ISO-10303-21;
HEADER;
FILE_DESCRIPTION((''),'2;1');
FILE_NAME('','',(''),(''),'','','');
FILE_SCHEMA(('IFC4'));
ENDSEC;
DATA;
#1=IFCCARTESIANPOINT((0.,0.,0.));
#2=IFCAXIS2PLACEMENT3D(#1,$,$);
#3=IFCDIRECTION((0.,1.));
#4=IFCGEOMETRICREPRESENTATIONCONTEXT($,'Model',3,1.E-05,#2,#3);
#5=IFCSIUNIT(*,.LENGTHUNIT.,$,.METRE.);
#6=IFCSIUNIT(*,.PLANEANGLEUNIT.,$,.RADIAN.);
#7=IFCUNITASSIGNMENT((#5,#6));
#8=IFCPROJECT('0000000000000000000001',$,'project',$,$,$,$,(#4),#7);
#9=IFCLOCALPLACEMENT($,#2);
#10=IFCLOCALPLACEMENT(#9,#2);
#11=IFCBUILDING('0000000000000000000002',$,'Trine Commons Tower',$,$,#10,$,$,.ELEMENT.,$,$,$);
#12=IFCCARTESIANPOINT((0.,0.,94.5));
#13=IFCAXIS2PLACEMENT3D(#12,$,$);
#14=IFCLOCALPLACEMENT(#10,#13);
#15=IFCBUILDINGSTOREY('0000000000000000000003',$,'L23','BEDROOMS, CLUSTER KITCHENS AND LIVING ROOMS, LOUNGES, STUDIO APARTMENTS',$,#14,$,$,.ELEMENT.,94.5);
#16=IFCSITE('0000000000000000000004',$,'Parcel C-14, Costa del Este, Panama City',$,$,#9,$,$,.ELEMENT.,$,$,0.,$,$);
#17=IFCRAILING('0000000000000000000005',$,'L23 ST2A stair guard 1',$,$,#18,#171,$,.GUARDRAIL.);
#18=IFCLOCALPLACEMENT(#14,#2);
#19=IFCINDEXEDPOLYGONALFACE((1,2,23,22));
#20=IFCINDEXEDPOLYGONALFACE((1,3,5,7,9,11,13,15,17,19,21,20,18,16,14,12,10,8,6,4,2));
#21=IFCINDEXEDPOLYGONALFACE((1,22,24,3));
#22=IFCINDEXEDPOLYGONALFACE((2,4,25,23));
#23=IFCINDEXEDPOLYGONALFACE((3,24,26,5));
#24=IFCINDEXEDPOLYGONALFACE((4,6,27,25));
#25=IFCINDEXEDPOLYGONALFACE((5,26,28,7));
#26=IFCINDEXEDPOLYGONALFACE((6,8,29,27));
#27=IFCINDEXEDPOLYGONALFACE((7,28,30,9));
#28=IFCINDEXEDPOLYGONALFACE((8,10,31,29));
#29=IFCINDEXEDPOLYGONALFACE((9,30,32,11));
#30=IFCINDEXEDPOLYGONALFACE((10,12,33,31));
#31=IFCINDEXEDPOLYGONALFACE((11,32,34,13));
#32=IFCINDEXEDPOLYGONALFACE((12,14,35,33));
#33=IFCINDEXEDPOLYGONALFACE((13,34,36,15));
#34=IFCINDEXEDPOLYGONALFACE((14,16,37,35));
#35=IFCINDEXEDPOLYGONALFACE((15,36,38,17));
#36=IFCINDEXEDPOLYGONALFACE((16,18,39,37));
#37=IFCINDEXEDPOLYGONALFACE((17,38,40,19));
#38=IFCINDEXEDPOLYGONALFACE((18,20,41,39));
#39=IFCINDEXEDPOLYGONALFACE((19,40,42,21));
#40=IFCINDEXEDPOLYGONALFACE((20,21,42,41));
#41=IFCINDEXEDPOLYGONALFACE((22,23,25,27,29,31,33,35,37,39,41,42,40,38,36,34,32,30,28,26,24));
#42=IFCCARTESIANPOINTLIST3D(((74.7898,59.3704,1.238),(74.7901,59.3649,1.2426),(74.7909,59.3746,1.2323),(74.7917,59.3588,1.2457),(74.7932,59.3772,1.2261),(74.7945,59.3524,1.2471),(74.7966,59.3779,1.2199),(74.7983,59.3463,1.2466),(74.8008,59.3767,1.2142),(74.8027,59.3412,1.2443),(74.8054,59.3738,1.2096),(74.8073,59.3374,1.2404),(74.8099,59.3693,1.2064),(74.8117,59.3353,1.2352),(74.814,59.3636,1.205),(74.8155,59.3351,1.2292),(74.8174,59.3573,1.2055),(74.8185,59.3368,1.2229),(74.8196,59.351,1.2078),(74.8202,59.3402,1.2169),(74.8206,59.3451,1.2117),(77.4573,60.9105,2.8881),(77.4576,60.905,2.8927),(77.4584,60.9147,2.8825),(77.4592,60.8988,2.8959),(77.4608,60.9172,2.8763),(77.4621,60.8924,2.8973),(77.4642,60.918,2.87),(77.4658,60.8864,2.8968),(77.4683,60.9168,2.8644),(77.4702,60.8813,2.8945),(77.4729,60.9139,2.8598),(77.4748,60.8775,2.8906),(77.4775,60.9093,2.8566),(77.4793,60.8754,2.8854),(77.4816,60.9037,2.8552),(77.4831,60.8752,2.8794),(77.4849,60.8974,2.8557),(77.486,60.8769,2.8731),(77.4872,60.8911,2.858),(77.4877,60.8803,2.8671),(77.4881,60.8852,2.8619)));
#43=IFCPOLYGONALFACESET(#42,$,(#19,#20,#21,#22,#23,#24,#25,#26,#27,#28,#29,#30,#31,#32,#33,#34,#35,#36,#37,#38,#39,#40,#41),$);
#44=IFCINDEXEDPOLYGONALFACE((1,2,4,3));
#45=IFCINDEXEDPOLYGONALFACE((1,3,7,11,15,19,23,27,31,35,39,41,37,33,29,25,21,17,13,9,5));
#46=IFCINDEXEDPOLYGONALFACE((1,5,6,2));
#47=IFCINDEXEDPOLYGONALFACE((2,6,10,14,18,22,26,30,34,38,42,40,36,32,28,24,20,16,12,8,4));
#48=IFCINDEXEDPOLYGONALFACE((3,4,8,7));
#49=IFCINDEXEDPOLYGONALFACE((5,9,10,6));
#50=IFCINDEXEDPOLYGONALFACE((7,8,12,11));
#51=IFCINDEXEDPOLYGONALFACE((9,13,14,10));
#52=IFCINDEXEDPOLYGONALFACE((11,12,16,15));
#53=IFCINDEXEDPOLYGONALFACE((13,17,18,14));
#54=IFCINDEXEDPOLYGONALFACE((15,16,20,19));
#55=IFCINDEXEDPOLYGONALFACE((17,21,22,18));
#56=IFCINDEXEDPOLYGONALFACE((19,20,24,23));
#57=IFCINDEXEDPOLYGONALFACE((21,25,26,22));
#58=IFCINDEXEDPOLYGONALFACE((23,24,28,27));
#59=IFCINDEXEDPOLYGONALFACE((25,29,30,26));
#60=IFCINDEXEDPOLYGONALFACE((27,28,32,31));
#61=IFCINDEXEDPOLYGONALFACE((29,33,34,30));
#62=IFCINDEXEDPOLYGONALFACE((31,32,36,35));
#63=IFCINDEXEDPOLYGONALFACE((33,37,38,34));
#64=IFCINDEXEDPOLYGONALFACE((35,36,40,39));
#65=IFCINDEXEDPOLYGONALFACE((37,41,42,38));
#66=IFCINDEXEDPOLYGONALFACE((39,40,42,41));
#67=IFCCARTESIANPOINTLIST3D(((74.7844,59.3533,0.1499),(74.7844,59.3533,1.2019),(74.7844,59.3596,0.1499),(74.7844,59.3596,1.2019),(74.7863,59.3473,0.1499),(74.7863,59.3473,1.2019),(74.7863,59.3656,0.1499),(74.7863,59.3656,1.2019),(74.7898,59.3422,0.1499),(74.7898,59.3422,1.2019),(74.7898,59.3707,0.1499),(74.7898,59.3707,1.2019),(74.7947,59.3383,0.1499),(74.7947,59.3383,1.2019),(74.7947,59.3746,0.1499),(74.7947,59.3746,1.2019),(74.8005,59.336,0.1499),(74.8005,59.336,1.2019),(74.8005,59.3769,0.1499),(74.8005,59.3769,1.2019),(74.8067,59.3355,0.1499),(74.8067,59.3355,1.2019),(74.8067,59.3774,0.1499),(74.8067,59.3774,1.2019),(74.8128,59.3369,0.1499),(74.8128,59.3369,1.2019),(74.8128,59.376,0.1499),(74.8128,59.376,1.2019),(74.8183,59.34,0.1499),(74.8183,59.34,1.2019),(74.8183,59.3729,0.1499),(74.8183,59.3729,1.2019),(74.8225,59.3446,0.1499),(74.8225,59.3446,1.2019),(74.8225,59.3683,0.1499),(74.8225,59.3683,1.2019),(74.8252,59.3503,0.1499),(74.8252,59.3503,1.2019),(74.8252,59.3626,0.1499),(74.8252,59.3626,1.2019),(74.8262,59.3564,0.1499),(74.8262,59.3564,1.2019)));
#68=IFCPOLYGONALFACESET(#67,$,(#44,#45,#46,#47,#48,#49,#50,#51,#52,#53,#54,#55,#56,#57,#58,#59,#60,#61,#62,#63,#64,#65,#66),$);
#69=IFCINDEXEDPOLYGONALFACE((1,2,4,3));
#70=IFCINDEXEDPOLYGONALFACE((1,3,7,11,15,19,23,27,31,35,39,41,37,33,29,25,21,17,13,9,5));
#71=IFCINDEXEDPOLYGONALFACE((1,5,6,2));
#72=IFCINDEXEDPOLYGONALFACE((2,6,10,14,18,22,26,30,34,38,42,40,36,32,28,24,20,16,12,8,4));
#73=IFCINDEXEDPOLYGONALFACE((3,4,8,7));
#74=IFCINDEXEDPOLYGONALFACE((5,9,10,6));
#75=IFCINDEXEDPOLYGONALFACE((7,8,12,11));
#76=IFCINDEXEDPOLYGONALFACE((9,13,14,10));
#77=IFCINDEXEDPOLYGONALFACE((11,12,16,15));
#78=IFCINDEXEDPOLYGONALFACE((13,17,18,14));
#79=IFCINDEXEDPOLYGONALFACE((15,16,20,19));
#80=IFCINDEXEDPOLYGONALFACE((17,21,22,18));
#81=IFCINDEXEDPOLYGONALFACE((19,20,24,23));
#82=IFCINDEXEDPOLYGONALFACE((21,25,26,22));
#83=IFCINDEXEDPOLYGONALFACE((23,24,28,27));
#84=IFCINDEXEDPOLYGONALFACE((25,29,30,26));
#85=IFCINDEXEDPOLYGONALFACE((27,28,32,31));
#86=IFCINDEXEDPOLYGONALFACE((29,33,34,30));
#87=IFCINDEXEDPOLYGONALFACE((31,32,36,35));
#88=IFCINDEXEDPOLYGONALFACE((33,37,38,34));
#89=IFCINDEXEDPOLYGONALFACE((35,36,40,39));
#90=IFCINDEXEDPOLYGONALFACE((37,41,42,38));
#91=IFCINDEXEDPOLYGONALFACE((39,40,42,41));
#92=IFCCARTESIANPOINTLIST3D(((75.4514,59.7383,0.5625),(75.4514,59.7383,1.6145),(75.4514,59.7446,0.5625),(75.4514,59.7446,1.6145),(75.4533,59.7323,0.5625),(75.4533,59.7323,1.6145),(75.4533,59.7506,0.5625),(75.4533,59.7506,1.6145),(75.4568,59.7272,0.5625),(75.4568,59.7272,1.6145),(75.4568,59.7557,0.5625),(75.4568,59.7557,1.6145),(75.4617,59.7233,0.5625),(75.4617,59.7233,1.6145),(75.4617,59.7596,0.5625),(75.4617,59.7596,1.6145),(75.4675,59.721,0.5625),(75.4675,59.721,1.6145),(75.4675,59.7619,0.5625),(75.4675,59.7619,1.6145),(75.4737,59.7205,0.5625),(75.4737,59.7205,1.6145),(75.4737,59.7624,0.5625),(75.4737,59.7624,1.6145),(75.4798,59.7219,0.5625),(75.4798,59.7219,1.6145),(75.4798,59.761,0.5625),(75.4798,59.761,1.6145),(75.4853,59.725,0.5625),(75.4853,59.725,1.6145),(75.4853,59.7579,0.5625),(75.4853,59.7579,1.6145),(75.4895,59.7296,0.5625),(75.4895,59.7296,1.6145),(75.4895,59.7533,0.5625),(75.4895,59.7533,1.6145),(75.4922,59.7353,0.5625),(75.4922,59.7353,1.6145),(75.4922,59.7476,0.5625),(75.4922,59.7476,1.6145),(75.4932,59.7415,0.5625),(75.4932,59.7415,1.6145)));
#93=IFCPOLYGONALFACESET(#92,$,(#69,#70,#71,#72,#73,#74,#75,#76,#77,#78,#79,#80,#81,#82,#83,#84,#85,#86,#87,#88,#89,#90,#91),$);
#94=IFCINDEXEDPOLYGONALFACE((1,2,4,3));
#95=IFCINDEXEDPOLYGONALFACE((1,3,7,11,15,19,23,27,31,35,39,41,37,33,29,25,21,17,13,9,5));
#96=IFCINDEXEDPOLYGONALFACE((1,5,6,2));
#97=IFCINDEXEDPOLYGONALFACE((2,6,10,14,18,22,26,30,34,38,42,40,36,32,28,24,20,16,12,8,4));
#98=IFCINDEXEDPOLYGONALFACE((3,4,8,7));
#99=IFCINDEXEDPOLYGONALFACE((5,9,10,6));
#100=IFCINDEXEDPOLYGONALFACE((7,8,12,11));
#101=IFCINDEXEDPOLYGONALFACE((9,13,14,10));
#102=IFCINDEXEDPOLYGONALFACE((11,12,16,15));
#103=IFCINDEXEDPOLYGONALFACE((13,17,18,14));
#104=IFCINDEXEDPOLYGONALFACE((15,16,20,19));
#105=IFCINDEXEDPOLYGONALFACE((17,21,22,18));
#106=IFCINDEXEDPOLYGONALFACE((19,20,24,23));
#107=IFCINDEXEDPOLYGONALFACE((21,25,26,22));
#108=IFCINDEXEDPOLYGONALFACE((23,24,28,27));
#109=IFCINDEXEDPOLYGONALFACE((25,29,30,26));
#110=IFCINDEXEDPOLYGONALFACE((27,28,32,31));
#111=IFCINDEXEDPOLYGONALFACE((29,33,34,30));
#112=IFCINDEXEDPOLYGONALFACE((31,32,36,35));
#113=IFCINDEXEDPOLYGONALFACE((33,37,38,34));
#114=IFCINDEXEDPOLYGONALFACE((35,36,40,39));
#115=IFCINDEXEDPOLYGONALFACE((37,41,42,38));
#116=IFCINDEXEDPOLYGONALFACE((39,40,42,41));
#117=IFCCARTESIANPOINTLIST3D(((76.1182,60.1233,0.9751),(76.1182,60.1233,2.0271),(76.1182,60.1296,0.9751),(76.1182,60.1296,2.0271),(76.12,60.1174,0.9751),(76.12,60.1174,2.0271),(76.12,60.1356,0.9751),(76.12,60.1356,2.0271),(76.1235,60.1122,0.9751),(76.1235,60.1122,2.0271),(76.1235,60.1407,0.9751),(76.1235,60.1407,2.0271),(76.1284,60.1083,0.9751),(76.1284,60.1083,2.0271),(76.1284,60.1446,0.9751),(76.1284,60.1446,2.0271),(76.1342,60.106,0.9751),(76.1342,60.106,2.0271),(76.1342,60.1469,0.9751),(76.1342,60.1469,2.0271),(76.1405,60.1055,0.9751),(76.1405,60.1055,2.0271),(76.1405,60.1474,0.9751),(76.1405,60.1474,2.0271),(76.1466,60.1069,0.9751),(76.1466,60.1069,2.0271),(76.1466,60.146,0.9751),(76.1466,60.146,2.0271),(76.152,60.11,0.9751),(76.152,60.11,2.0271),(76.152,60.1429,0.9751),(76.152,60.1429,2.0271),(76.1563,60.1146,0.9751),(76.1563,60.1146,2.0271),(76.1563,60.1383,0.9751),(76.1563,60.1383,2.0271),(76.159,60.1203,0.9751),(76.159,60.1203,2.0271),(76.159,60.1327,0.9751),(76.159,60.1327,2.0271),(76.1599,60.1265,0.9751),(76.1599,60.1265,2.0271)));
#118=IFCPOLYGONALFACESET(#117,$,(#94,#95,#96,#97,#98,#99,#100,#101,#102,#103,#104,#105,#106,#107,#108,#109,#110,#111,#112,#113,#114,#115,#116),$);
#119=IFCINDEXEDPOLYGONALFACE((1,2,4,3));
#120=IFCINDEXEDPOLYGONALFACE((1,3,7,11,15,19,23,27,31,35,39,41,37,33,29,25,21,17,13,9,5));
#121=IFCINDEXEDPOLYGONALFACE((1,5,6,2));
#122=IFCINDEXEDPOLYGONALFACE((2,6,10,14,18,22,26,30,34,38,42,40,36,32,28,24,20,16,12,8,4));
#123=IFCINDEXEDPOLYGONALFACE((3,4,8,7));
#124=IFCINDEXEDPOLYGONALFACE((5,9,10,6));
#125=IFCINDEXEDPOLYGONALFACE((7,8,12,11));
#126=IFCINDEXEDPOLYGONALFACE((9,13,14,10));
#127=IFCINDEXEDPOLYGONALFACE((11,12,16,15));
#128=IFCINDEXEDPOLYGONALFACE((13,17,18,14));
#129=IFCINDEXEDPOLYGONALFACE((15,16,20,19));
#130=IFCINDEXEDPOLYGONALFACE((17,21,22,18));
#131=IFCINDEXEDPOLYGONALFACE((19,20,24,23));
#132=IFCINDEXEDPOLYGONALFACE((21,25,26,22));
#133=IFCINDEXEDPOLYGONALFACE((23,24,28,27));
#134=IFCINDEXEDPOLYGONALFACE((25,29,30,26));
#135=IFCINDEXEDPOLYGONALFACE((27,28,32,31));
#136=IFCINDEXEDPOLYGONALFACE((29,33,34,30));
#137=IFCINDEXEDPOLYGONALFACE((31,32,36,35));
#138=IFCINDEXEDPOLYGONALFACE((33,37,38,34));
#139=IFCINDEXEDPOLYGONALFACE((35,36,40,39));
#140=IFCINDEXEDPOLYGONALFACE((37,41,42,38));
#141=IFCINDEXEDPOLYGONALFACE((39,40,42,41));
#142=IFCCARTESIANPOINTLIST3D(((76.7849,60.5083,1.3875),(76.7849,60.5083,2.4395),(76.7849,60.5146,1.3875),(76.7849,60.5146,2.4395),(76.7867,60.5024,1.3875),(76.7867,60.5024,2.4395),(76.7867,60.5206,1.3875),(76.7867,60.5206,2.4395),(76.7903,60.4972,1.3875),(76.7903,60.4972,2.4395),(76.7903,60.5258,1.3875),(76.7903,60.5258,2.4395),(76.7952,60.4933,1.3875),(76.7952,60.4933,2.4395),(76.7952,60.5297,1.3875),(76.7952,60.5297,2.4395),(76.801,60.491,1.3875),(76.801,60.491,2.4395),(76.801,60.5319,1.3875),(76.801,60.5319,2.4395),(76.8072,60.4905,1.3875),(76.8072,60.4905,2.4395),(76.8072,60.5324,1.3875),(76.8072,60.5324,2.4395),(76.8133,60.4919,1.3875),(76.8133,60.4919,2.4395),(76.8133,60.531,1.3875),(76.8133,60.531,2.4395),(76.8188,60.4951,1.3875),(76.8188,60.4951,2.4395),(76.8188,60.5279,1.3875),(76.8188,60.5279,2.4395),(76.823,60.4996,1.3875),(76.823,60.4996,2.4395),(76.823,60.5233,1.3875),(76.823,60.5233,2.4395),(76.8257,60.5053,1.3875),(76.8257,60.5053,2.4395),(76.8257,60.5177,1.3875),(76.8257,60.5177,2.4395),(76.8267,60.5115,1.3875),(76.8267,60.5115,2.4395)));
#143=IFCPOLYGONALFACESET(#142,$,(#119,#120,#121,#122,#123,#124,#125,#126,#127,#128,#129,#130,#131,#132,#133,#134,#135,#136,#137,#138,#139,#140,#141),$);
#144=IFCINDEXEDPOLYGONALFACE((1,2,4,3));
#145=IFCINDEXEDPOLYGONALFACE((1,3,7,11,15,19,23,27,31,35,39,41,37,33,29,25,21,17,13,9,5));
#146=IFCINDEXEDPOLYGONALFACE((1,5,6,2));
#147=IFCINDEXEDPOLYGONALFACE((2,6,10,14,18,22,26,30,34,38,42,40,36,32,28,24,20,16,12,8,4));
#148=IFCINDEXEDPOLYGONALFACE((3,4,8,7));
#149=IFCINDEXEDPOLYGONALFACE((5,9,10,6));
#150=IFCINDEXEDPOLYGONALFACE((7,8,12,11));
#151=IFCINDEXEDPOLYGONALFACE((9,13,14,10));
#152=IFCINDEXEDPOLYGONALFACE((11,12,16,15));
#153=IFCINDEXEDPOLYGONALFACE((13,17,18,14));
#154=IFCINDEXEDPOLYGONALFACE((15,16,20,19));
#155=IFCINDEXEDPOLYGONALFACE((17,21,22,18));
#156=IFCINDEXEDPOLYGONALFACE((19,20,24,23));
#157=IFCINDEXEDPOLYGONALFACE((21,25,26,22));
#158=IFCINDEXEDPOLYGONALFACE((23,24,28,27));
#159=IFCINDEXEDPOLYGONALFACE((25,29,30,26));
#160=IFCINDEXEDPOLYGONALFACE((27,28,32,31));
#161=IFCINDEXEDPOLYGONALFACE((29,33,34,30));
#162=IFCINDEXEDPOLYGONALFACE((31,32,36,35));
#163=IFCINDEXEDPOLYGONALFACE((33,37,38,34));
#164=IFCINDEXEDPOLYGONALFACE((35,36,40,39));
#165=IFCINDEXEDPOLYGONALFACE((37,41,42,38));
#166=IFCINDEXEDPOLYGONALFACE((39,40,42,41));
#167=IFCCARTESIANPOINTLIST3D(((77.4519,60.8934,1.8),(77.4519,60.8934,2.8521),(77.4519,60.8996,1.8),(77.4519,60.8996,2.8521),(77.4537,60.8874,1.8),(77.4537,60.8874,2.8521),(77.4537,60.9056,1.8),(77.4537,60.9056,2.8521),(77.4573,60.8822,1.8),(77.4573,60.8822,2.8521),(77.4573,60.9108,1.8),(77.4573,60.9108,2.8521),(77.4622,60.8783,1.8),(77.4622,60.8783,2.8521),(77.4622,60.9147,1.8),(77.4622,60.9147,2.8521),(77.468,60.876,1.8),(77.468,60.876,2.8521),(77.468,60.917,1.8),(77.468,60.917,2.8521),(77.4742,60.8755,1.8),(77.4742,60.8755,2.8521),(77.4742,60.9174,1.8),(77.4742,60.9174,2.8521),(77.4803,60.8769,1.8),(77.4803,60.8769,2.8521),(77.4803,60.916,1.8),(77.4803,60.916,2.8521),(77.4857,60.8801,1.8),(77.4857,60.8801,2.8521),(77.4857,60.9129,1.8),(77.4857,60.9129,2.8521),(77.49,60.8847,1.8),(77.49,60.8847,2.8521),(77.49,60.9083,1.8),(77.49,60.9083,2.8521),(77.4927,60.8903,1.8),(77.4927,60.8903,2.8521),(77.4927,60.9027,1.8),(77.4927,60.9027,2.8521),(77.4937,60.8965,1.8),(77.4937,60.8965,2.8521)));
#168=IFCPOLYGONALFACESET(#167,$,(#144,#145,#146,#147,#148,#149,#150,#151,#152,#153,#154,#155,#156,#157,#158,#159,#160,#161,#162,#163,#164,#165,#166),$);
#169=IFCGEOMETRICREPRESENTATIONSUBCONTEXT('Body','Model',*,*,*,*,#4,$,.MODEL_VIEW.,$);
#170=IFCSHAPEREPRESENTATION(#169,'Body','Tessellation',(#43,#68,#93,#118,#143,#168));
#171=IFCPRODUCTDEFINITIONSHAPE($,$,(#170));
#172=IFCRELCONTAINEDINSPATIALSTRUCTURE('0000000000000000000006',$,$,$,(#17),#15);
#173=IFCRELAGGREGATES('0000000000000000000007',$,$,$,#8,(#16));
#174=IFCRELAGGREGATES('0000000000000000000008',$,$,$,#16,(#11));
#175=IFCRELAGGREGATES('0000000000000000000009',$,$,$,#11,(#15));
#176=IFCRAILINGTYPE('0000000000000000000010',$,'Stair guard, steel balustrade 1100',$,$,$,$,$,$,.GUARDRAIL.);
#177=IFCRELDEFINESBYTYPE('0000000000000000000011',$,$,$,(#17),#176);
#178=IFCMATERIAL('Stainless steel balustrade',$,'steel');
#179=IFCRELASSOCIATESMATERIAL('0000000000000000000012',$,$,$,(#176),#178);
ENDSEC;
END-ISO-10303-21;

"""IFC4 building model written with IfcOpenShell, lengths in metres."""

from ifc_helpers import new_model, si_unit, direction, frame, origin, origin_2d, place, context, subcontext, project, spatial, circle, extrude, material, type_object, element, save


model = new_model("IFC4")

# Units and contexts
model_context = context("Model", 3, precision=1e-05, world=origin(), true_north=direction((0.0, 1.0)))
body_context = subcontext(model_context, "Body", "Model", "MODEL_VIEW")
ifc_project = project(units=[si_unit("LENGTHUNIT", "METRE"), si_unit("PLANEANGLEUNIT", "RADIAN")], contexts=[model_context])

# Site, building, storey
site_placement = place(None, origin())
site = spatial("IfcSite", under=ifc_project, at=site_placement, Name="Parcel C-14, Costa del Este, Panama City", CompositionType="ELEMENT", RefElevation=0.0)
building_placement = place(site_placement, origin())
building = spatial("IfcBuilding", under=site, at=building_placement, Name="Trine Commons Tower", CompositionType="ELEMENT")
storey_placement = place(building_placement, frame((0.0, 0.0, 94.5)))
storey = spatial("IfcBuildingStorey", under=building, at=storey_placement, Name="L23", Description="BEDROOMS, CLUSTER KITCHENS AND LIVING ROOMS, LOUNGES, STUDIO APARTMENTS", CompositionType="ELEMENT", Elevation=94.5)

# Railing
ifc_material_1 = material(Name="Stainless steel balustrade", Category="steel")
railing_type_1 = type_object("IfcRailingType", Name="Stair guard, steel balustrade 1100", PredefinedType="GUARDRAIL", material=ifc_material_1)
railing_1_placement = place(storey_placement, frame((74.8052, 59.3564, 0.1499)))
element("IfcRailing", 1, at=railing_1_placement, inside=storey, type_object=railing_type_1, Name="L23 ST2A stair guard 1", PredefinedType="GUARDRAIL", context=body_context, shape_type="SweptSolid", body=[
    extrude(circle(Radius=0.0239, at=origin_2d()), frame((0.0, 0.0, 1.0762), z_axis=(0.76338, 0.440728, 0.472239), x_axis=(-0.499992, 0.86603, 0.0)), (0.0, 0.0, 1.0), 3.4944),
    extrude(circle(Radius=0.021, at=origin_2d()), origin(), (0.0, 0.0, 1.0), 1.052),
    extrude(circle(Radius=0.021, at=origin_2d()), frame((0.667, 0.385, 0.4126)), (0.0, 0.0, 1.0), 1.052),
    extrude(circle(Radius=0.021, at=origin_2d()), frame((1.3337, 0.77, 0.8252)), (0.0, 0.0, 1.0), 1.052),
    extrude(circle(Radius=0.021, at=origin_2d()), frame((2.0005, 1.155, 1.2375)), (0.0, 0.0, 1.0), 1.052),
    extrude(circle(Radius=0.021, at=origin_2d()), frame((2.6675, 1.54, 1.6501)), (0.0, 0.0, 1.0), 1.052),
])

save(model, "model.ifc")
